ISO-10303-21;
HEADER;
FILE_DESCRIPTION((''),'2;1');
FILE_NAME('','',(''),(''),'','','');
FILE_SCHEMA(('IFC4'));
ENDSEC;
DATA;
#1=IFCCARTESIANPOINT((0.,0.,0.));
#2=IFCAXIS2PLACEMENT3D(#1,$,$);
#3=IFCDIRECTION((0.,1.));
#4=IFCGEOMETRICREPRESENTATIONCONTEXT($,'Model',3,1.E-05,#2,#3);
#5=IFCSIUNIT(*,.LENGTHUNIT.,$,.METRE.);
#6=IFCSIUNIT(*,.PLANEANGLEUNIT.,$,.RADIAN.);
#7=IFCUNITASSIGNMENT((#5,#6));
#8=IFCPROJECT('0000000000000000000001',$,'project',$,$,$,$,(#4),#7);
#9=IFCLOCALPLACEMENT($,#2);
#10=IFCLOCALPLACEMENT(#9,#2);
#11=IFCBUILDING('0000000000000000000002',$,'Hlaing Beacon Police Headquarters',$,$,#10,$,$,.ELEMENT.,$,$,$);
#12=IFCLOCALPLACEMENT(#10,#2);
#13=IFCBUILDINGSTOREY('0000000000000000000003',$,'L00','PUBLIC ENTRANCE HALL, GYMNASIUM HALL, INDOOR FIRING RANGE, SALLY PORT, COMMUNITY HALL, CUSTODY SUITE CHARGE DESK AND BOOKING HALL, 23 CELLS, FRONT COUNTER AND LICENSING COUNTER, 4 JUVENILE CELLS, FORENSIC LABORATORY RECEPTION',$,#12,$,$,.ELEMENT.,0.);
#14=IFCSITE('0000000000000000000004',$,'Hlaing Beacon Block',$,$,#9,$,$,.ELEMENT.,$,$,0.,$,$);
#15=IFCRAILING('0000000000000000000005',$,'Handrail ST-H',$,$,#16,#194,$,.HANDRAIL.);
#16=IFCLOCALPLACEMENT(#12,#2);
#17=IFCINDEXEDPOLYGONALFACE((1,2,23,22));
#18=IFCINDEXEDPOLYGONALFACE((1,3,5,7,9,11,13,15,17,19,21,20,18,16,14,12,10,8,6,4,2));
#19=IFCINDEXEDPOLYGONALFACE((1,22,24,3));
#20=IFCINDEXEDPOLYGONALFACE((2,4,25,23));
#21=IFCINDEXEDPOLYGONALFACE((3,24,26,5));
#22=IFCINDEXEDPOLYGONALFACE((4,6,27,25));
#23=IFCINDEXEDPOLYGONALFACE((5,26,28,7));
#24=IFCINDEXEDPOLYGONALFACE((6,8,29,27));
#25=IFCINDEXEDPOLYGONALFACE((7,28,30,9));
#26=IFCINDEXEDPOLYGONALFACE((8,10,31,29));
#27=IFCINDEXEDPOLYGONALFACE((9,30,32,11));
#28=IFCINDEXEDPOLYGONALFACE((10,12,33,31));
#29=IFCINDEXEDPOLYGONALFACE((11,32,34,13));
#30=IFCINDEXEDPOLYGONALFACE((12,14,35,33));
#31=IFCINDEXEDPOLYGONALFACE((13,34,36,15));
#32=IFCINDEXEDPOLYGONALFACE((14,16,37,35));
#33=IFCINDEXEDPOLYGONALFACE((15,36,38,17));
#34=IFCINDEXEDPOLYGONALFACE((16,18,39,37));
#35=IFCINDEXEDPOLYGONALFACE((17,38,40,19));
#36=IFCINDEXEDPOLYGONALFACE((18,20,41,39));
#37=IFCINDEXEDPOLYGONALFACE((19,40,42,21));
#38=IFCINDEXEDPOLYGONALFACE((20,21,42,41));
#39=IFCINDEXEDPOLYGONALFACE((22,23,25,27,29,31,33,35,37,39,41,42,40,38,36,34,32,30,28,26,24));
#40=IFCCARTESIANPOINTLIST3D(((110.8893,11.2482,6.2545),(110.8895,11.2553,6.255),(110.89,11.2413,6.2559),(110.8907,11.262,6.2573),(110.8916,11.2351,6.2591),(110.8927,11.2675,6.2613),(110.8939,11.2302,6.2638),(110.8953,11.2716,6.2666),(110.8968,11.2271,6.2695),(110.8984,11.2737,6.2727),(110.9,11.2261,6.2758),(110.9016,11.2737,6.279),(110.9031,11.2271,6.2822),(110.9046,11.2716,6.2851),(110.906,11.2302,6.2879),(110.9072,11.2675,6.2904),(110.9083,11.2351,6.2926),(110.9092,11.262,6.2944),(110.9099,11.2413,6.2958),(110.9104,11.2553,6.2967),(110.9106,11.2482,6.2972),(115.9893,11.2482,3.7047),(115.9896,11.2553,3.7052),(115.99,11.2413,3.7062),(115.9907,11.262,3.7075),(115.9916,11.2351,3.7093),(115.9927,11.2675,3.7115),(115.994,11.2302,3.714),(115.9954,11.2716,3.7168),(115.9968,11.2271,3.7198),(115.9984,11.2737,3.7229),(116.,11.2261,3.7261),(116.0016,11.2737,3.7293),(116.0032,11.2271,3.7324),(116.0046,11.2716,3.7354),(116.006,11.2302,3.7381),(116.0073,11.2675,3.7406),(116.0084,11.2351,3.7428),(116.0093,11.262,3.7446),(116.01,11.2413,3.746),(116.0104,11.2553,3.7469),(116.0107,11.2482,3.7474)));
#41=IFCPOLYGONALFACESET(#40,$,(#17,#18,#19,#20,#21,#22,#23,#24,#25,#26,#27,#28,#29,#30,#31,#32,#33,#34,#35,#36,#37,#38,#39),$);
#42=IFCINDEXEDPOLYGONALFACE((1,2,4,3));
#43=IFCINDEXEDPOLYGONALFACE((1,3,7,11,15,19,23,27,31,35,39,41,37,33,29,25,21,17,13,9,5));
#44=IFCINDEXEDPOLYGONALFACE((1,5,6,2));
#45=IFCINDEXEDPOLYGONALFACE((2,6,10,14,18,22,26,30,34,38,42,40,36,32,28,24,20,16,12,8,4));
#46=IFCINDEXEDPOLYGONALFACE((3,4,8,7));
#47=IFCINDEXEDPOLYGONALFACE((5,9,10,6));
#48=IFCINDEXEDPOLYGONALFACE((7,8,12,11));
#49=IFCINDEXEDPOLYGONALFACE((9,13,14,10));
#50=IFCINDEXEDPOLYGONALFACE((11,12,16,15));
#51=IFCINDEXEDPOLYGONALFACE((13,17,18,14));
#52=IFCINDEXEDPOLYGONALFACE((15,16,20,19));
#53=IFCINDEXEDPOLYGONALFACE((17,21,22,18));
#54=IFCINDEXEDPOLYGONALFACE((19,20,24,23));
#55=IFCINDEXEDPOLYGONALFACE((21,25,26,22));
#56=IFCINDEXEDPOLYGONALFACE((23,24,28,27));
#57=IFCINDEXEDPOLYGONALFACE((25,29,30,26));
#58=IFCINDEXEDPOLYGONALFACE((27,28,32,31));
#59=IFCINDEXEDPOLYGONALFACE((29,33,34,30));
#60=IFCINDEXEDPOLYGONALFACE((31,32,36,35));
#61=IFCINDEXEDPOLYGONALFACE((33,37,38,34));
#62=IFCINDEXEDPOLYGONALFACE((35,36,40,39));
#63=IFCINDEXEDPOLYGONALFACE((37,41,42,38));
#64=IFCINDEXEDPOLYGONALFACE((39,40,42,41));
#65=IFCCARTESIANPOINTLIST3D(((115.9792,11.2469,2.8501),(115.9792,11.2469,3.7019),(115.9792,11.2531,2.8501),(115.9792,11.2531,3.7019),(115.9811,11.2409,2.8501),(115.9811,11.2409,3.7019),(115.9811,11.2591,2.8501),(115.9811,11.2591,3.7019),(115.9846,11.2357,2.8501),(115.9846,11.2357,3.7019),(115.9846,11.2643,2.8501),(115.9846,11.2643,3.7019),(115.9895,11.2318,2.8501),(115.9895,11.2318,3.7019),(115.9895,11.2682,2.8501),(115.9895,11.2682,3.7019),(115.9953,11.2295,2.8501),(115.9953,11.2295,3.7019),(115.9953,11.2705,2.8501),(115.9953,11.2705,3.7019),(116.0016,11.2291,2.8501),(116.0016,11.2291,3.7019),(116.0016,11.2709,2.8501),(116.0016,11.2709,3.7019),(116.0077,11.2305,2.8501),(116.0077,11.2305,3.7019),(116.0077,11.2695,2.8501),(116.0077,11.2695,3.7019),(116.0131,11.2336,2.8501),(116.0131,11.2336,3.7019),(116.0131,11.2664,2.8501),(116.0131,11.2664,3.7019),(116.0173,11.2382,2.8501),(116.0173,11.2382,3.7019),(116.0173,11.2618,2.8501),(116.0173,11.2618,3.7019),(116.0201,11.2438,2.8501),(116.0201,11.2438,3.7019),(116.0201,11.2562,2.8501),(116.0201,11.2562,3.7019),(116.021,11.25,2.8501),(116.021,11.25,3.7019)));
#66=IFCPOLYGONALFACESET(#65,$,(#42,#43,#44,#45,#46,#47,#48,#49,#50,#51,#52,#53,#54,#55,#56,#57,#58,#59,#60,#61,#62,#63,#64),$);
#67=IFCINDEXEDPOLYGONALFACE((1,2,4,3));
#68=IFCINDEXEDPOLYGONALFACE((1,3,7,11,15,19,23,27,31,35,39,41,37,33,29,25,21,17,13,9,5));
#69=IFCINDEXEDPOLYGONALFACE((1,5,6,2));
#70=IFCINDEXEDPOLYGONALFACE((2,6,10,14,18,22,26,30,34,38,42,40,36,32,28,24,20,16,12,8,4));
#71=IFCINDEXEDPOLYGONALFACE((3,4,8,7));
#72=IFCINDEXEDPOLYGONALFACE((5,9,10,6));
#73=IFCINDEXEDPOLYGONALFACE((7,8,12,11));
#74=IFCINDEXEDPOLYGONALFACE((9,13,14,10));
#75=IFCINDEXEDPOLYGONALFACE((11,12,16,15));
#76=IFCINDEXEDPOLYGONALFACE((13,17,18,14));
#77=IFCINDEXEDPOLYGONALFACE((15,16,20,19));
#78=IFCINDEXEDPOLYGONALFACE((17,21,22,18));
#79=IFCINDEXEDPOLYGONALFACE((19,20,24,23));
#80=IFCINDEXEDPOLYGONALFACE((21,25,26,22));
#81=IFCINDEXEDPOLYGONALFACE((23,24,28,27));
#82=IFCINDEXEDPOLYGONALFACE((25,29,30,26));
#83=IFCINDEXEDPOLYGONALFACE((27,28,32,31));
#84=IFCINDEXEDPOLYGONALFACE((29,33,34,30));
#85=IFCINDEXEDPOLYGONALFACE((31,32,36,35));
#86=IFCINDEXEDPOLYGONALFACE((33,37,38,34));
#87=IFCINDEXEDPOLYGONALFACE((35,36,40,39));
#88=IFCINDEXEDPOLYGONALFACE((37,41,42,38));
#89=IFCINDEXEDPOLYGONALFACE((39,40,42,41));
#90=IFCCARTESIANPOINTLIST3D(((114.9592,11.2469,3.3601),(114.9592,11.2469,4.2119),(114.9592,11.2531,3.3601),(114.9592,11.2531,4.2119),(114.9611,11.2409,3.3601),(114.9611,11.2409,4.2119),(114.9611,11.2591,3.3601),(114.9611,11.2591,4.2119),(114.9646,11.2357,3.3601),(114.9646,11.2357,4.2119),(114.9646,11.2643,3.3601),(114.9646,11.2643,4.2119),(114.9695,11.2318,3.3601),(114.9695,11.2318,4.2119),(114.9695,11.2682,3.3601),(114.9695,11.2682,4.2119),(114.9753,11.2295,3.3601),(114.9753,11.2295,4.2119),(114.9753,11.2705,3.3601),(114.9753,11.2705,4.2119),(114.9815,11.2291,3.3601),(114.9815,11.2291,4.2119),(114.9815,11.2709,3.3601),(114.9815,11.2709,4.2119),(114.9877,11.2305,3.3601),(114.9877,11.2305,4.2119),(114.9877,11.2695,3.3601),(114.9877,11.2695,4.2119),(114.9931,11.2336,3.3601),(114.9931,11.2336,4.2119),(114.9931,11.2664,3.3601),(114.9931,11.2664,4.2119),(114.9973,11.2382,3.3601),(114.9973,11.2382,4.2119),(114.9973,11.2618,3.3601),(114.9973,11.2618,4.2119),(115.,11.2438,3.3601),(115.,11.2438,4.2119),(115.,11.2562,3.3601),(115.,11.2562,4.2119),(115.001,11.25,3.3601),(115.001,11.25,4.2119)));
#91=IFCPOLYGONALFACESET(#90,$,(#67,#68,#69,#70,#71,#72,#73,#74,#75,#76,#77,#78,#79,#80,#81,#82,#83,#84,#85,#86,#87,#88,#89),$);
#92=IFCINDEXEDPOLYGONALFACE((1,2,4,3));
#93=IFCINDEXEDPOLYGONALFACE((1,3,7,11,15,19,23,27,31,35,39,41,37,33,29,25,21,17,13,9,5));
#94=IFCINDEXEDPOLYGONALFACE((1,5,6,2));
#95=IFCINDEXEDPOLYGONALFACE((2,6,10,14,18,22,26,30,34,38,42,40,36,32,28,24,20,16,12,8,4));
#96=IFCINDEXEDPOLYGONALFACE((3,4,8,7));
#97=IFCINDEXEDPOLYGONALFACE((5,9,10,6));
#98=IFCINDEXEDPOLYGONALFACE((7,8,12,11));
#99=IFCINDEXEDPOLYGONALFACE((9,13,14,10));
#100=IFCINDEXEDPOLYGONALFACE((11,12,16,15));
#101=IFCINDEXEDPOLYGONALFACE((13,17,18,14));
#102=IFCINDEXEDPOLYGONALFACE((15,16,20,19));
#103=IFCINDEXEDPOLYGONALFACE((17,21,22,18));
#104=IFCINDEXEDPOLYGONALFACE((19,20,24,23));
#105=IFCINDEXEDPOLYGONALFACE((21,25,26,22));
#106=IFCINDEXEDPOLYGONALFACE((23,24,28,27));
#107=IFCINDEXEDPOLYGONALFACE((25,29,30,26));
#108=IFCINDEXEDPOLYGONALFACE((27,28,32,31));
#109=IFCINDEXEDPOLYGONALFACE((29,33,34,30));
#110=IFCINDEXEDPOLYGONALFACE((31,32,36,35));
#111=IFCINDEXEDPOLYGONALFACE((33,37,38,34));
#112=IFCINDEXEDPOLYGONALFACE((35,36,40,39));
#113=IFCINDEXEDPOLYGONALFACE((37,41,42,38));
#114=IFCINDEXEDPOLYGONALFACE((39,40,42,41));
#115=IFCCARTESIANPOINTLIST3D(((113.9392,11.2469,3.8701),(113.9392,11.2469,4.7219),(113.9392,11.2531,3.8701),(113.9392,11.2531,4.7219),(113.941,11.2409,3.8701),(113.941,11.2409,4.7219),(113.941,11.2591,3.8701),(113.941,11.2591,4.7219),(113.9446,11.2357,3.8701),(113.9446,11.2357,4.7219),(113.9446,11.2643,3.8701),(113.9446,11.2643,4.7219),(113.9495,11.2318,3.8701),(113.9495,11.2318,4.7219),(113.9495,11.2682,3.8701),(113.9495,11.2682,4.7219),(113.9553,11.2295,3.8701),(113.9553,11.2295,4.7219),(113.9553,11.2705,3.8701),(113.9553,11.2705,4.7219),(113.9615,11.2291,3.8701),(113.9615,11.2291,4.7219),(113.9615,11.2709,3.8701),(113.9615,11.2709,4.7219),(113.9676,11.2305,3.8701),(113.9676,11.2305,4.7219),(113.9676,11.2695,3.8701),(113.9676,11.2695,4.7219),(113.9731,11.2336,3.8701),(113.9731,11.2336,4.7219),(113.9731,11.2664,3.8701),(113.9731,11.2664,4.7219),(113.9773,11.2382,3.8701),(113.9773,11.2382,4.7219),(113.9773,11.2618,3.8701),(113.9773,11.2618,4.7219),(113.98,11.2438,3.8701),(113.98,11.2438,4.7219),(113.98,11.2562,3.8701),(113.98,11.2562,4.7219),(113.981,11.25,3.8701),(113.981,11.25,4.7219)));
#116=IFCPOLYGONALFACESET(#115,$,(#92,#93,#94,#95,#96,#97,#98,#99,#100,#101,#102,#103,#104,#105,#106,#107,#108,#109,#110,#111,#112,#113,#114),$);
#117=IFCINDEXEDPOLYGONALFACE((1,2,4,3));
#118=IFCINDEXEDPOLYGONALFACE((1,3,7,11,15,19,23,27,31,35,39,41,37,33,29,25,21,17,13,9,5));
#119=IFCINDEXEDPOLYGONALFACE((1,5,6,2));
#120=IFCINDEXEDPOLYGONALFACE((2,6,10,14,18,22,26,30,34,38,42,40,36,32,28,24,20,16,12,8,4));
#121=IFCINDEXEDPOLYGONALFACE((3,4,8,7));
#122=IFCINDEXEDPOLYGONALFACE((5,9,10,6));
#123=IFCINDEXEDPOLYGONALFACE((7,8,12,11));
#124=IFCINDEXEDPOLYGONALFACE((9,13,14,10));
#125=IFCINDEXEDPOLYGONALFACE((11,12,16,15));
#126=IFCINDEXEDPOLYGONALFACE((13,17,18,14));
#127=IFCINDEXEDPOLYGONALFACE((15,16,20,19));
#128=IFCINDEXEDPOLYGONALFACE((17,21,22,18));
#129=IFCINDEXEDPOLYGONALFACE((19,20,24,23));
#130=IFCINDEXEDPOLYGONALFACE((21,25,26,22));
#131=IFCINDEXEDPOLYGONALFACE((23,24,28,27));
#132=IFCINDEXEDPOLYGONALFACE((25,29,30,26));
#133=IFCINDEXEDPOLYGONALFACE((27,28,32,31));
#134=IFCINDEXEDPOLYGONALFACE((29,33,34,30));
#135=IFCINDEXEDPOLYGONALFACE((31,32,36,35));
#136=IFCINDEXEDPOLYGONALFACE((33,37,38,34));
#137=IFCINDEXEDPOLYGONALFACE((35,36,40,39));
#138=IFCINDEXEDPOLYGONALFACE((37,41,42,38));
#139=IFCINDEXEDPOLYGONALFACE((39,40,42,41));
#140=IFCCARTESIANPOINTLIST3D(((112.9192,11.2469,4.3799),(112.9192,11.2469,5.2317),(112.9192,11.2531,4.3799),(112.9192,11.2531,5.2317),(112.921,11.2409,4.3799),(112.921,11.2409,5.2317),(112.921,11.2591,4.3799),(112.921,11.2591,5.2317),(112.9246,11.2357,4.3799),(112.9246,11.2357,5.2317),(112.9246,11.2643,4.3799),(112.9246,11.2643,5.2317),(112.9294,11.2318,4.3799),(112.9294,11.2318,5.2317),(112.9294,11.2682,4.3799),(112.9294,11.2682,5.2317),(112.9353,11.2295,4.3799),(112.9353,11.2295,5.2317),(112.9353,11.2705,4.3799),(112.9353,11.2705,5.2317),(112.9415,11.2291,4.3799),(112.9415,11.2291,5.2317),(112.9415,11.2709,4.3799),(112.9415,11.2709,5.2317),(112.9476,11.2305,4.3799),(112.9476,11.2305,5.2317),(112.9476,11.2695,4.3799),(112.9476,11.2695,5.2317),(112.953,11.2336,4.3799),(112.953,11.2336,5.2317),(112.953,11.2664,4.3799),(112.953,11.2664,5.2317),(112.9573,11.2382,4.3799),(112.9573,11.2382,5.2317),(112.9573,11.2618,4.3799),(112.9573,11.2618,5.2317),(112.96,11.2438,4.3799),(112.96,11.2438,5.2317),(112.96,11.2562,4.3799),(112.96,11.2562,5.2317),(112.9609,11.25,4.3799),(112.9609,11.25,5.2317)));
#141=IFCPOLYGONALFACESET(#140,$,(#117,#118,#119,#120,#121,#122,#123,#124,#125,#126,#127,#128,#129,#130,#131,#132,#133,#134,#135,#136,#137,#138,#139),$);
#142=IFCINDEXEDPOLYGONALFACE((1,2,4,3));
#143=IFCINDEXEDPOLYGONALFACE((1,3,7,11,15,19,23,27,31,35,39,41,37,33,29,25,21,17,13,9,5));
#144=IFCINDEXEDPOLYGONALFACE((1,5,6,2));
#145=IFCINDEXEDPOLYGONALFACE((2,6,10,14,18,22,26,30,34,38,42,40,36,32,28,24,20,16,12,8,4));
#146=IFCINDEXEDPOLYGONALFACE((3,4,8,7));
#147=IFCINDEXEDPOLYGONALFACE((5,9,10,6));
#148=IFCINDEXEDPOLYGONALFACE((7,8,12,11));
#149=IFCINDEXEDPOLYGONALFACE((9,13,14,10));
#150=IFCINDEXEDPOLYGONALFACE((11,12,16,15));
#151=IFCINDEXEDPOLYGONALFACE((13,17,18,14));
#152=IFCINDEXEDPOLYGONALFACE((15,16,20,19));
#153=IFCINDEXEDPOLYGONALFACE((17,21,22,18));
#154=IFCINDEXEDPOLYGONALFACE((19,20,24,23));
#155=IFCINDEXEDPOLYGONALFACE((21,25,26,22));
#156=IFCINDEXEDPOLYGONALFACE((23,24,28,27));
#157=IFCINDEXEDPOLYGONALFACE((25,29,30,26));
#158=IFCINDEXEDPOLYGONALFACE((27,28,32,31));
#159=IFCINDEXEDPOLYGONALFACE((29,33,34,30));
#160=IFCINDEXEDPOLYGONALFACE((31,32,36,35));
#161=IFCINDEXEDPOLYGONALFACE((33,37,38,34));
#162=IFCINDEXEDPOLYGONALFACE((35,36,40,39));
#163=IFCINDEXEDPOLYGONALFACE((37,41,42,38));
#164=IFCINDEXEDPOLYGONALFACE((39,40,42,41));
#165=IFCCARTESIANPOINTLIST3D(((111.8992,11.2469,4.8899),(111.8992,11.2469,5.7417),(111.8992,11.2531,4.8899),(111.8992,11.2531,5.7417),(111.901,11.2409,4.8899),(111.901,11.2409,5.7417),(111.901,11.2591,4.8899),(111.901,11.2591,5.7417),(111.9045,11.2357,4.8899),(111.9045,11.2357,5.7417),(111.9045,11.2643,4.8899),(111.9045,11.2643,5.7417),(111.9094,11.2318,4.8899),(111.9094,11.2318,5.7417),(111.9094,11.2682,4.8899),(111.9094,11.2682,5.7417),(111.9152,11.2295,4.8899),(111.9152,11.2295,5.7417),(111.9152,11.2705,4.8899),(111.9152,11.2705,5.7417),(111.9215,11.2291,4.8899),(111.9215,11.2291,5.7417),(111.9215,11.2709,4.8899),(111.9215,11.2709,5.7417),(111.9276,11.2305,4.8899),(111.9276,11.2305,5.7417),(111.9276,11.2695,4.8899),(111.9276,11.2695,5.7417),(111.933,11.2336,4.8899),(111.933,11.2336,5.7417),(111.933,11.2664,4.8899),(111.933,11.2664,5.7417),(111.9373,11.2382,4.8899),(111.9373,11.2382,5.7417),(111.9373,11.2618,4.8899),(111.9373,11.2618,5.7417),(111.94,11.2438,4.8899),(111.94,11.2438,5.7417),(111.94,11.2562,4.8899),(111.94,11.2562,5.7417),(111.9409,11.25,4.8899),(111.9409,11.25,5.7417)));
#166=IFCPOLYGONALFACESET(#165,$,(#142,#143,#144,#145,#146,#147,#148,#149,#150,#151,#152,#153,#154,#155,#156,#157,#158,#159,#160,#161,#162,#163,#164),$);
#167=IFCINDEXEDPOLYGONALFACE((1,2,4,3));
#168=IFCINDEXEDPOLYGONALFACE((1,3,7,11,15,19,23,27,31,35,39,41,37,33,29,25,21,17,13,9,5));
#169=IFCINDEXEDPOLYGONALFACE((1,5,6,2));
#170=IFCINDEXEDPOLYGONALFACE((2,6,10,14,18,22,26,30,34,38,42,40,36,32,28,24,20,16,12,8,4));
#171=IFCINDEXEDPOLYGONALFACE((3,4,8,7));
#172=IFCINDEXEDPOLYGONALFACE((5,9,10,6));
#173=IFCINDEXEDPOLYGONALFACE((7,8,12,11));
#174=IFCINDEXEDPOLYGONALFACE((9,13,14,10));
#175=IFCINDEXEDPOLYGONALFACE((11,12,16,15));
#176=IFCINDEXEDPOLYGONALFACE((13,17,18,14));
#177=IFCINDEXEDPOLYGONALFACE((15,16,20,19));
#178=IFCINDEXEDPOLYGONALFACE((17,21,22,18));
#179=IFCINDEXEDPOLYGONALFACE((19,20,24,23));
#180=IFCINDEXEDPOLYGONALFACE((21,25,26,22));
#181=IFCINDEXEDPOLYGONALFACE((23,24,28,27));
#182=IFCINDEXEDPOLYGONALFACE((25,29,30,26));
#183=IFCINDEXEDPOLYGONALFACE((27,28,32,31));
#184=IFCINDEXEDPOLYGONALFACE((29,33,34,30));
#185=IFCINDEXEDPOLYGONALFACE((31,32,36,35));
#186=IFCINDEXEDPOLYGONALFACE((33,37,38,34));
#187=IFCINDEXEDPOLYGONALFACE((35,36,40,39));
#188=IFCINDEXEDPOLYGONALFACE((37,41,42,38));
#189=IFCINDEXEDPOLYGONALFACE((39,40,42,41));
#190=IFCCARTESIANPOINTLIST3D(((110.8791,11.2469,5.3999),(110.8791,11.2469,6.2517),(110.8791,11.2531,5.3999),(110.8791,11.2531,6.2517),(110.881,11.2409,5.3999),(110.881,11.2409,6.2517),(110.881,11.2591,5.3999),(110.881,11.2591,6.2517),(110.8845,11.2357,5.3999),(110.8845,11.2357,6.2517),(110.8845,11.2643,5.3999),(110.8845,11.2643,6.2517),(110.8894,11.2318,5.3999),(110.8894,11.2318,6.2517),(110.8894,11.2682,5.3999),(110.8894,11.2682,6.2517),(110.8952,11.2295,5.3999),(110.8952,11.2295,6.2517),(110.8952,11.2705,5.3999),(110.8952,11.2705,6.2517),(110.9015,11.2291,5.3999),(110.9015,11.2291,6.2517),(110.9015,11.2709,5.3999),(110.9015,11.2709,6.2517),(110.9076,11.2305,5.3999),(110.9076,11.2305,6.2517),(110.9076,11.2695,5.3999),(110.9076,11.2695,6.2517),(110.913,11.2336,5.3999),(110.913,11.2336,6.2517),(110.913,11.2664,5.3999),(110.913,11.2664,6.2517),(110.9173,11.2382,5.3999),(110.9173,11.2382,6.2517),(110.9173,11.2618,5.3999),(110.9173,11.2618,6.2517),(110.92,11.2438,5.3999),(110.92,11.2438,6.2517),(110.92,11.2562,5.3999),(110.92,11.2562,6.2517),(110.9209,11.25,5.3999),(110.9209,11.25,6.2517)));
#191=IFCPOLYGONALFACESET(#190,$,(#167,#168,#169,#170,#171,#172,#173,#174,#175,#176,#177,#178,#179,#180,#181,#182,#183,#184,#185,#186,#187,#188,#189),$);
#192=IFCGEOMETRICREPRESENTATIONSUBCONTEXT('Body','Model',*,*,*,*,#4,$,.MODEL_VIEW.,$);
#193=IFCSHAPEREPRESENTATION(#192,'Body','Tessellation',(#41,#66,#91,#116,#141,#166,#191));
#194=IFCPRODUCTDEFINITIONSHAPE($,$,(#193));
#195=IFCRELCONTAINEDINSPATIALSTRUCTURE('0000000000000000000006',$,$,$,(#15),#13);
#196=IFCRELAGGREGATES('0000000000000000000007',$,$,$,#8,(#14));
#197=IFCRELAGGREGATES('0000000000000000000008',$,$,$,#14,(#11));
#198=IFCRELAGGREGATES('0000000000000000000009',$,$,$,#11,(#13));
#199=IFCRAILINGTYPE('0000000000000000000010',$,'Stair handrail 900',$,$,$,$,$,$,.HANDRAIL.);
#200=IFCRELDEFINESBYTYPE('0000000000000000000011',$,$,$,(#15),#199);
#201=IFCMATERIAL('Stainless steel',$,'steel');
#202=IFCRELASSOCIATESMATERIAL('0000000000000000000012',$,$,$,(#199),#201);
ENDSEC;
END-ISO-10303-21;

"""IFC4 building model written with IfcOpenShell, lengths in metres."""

from ifc_helpers import new_model, si_unit, direction, frame, origin, origin_2d, place, context, subcontext, project, spatial, circle, extrude, material, type_object, element, save


model = new_model("IFC4")

# Units and contexts
model_context = context("Model", 3, precision=1e-05, world=origin(), true_north=direction((0.0, 1.0)))
body_context = subcontext(model_context, "Body", "Model", "MODEL_VIEW")
ifc_project = project(units=[si_unit("LENGTHUNIT", "METRE"), si_unit("PLANEANGLEUNIT", "RADIAN")], contexts=[model_context])

# Site, building, storey
site_placement = place(None, origin())
site = spatial("IfcSite", under=ifc_project, at=site_placement, Name="Hlaing Beacon Block", CompositionType="ELEMENT", RefElevation=0.0)
building_placement = place(site_placement, origin())
building = spatial("IfcBuilding", under=site, at=building_placement, Name="Hlaing Beacon Police Headquarters", CompositionType="ELEMENT")
storey_placement = place(building_placement, origin())
storey = spatial("IfcBuildingStorey", under=building, at=storey_placement, Name="L00", Description="PUBLIC ENTRANCE HALL, GYMNASIUM HALL, INDOOR FIRING RANGE, SALLY PORT, COMMUNITY HALL, CUSTODY SUITE CHARGE DESK AND BOOKING HALL, 23 CELLS, FRONT COUNTER AND LICENSING COUNTER, 4 JUVENILE CELLS, FORENSIC LABORATORY RECEPTION", CompositionType="ELEMENT", Elevation=0.0)

# Railing
ifc_material_1 = material(Name="Stainless steel", Category="steel")
railing_type = type_object("IfcRailingType", Name="Stair handrail 900", PredefinedType="HANDRAIL", material=ifc_material_1)
for number, where, name in (
    (1, (116.0, 11.25, 2.8501), "Handrail ST-H"),
):
    element("IfcRailing", number, at=place(storey_placement, frame(where)), inside=storey, type_object=railing_type, Name=name, PredefinedType="HANDRAIL", context=body_context, shape_type="SweptSolid", body=[
        extrude(circle(Radius=0.0239, at=origin_2d()), frame((0.0, 0.0, 0.876), z_axis=(-0.894444, 0.0, 0.447179), x_axis=(0.0, -1.0, 0.0)), (0.0, 0.0, 1.0), 5.7019),
        extrude(circle(Radius=0.021, at=origin_2d()), origin(), (0.0, 0.0, 1.0), 0.8518),
        extrude(circle(Radius=0.021, at=origin_2d()), frame((-1.02, 0.0, 0.51)), (0.0, 0.0, 1.0), 0.8518),
        extrude(circle(Radius=0.021, at=origin_2d()), frame((-2.04, 0.0, 1.02)), (0.0, 0.0, 1.0), 0.8518),
        extrude(circle(Radius=0.021, at=origin_2d()), frame((-3.0601, 0.0, 1.5298)), (0.0, 0.0, 1.0), 0.8518),
        extrude(circle(Radius=0.021, at=origin_2d()), frame((-4.0801, 0.0, 2.0398)), (0.0, 0.0, 1.0), 0.8518),
        extrude(circle(Radius=0.021, at=origin_2d()), frame((-5.1001, 0.0, 2.5498)), (0.0, 0.0, 1.0), 0.8518),
    ])

save(model, "model.ifc")
